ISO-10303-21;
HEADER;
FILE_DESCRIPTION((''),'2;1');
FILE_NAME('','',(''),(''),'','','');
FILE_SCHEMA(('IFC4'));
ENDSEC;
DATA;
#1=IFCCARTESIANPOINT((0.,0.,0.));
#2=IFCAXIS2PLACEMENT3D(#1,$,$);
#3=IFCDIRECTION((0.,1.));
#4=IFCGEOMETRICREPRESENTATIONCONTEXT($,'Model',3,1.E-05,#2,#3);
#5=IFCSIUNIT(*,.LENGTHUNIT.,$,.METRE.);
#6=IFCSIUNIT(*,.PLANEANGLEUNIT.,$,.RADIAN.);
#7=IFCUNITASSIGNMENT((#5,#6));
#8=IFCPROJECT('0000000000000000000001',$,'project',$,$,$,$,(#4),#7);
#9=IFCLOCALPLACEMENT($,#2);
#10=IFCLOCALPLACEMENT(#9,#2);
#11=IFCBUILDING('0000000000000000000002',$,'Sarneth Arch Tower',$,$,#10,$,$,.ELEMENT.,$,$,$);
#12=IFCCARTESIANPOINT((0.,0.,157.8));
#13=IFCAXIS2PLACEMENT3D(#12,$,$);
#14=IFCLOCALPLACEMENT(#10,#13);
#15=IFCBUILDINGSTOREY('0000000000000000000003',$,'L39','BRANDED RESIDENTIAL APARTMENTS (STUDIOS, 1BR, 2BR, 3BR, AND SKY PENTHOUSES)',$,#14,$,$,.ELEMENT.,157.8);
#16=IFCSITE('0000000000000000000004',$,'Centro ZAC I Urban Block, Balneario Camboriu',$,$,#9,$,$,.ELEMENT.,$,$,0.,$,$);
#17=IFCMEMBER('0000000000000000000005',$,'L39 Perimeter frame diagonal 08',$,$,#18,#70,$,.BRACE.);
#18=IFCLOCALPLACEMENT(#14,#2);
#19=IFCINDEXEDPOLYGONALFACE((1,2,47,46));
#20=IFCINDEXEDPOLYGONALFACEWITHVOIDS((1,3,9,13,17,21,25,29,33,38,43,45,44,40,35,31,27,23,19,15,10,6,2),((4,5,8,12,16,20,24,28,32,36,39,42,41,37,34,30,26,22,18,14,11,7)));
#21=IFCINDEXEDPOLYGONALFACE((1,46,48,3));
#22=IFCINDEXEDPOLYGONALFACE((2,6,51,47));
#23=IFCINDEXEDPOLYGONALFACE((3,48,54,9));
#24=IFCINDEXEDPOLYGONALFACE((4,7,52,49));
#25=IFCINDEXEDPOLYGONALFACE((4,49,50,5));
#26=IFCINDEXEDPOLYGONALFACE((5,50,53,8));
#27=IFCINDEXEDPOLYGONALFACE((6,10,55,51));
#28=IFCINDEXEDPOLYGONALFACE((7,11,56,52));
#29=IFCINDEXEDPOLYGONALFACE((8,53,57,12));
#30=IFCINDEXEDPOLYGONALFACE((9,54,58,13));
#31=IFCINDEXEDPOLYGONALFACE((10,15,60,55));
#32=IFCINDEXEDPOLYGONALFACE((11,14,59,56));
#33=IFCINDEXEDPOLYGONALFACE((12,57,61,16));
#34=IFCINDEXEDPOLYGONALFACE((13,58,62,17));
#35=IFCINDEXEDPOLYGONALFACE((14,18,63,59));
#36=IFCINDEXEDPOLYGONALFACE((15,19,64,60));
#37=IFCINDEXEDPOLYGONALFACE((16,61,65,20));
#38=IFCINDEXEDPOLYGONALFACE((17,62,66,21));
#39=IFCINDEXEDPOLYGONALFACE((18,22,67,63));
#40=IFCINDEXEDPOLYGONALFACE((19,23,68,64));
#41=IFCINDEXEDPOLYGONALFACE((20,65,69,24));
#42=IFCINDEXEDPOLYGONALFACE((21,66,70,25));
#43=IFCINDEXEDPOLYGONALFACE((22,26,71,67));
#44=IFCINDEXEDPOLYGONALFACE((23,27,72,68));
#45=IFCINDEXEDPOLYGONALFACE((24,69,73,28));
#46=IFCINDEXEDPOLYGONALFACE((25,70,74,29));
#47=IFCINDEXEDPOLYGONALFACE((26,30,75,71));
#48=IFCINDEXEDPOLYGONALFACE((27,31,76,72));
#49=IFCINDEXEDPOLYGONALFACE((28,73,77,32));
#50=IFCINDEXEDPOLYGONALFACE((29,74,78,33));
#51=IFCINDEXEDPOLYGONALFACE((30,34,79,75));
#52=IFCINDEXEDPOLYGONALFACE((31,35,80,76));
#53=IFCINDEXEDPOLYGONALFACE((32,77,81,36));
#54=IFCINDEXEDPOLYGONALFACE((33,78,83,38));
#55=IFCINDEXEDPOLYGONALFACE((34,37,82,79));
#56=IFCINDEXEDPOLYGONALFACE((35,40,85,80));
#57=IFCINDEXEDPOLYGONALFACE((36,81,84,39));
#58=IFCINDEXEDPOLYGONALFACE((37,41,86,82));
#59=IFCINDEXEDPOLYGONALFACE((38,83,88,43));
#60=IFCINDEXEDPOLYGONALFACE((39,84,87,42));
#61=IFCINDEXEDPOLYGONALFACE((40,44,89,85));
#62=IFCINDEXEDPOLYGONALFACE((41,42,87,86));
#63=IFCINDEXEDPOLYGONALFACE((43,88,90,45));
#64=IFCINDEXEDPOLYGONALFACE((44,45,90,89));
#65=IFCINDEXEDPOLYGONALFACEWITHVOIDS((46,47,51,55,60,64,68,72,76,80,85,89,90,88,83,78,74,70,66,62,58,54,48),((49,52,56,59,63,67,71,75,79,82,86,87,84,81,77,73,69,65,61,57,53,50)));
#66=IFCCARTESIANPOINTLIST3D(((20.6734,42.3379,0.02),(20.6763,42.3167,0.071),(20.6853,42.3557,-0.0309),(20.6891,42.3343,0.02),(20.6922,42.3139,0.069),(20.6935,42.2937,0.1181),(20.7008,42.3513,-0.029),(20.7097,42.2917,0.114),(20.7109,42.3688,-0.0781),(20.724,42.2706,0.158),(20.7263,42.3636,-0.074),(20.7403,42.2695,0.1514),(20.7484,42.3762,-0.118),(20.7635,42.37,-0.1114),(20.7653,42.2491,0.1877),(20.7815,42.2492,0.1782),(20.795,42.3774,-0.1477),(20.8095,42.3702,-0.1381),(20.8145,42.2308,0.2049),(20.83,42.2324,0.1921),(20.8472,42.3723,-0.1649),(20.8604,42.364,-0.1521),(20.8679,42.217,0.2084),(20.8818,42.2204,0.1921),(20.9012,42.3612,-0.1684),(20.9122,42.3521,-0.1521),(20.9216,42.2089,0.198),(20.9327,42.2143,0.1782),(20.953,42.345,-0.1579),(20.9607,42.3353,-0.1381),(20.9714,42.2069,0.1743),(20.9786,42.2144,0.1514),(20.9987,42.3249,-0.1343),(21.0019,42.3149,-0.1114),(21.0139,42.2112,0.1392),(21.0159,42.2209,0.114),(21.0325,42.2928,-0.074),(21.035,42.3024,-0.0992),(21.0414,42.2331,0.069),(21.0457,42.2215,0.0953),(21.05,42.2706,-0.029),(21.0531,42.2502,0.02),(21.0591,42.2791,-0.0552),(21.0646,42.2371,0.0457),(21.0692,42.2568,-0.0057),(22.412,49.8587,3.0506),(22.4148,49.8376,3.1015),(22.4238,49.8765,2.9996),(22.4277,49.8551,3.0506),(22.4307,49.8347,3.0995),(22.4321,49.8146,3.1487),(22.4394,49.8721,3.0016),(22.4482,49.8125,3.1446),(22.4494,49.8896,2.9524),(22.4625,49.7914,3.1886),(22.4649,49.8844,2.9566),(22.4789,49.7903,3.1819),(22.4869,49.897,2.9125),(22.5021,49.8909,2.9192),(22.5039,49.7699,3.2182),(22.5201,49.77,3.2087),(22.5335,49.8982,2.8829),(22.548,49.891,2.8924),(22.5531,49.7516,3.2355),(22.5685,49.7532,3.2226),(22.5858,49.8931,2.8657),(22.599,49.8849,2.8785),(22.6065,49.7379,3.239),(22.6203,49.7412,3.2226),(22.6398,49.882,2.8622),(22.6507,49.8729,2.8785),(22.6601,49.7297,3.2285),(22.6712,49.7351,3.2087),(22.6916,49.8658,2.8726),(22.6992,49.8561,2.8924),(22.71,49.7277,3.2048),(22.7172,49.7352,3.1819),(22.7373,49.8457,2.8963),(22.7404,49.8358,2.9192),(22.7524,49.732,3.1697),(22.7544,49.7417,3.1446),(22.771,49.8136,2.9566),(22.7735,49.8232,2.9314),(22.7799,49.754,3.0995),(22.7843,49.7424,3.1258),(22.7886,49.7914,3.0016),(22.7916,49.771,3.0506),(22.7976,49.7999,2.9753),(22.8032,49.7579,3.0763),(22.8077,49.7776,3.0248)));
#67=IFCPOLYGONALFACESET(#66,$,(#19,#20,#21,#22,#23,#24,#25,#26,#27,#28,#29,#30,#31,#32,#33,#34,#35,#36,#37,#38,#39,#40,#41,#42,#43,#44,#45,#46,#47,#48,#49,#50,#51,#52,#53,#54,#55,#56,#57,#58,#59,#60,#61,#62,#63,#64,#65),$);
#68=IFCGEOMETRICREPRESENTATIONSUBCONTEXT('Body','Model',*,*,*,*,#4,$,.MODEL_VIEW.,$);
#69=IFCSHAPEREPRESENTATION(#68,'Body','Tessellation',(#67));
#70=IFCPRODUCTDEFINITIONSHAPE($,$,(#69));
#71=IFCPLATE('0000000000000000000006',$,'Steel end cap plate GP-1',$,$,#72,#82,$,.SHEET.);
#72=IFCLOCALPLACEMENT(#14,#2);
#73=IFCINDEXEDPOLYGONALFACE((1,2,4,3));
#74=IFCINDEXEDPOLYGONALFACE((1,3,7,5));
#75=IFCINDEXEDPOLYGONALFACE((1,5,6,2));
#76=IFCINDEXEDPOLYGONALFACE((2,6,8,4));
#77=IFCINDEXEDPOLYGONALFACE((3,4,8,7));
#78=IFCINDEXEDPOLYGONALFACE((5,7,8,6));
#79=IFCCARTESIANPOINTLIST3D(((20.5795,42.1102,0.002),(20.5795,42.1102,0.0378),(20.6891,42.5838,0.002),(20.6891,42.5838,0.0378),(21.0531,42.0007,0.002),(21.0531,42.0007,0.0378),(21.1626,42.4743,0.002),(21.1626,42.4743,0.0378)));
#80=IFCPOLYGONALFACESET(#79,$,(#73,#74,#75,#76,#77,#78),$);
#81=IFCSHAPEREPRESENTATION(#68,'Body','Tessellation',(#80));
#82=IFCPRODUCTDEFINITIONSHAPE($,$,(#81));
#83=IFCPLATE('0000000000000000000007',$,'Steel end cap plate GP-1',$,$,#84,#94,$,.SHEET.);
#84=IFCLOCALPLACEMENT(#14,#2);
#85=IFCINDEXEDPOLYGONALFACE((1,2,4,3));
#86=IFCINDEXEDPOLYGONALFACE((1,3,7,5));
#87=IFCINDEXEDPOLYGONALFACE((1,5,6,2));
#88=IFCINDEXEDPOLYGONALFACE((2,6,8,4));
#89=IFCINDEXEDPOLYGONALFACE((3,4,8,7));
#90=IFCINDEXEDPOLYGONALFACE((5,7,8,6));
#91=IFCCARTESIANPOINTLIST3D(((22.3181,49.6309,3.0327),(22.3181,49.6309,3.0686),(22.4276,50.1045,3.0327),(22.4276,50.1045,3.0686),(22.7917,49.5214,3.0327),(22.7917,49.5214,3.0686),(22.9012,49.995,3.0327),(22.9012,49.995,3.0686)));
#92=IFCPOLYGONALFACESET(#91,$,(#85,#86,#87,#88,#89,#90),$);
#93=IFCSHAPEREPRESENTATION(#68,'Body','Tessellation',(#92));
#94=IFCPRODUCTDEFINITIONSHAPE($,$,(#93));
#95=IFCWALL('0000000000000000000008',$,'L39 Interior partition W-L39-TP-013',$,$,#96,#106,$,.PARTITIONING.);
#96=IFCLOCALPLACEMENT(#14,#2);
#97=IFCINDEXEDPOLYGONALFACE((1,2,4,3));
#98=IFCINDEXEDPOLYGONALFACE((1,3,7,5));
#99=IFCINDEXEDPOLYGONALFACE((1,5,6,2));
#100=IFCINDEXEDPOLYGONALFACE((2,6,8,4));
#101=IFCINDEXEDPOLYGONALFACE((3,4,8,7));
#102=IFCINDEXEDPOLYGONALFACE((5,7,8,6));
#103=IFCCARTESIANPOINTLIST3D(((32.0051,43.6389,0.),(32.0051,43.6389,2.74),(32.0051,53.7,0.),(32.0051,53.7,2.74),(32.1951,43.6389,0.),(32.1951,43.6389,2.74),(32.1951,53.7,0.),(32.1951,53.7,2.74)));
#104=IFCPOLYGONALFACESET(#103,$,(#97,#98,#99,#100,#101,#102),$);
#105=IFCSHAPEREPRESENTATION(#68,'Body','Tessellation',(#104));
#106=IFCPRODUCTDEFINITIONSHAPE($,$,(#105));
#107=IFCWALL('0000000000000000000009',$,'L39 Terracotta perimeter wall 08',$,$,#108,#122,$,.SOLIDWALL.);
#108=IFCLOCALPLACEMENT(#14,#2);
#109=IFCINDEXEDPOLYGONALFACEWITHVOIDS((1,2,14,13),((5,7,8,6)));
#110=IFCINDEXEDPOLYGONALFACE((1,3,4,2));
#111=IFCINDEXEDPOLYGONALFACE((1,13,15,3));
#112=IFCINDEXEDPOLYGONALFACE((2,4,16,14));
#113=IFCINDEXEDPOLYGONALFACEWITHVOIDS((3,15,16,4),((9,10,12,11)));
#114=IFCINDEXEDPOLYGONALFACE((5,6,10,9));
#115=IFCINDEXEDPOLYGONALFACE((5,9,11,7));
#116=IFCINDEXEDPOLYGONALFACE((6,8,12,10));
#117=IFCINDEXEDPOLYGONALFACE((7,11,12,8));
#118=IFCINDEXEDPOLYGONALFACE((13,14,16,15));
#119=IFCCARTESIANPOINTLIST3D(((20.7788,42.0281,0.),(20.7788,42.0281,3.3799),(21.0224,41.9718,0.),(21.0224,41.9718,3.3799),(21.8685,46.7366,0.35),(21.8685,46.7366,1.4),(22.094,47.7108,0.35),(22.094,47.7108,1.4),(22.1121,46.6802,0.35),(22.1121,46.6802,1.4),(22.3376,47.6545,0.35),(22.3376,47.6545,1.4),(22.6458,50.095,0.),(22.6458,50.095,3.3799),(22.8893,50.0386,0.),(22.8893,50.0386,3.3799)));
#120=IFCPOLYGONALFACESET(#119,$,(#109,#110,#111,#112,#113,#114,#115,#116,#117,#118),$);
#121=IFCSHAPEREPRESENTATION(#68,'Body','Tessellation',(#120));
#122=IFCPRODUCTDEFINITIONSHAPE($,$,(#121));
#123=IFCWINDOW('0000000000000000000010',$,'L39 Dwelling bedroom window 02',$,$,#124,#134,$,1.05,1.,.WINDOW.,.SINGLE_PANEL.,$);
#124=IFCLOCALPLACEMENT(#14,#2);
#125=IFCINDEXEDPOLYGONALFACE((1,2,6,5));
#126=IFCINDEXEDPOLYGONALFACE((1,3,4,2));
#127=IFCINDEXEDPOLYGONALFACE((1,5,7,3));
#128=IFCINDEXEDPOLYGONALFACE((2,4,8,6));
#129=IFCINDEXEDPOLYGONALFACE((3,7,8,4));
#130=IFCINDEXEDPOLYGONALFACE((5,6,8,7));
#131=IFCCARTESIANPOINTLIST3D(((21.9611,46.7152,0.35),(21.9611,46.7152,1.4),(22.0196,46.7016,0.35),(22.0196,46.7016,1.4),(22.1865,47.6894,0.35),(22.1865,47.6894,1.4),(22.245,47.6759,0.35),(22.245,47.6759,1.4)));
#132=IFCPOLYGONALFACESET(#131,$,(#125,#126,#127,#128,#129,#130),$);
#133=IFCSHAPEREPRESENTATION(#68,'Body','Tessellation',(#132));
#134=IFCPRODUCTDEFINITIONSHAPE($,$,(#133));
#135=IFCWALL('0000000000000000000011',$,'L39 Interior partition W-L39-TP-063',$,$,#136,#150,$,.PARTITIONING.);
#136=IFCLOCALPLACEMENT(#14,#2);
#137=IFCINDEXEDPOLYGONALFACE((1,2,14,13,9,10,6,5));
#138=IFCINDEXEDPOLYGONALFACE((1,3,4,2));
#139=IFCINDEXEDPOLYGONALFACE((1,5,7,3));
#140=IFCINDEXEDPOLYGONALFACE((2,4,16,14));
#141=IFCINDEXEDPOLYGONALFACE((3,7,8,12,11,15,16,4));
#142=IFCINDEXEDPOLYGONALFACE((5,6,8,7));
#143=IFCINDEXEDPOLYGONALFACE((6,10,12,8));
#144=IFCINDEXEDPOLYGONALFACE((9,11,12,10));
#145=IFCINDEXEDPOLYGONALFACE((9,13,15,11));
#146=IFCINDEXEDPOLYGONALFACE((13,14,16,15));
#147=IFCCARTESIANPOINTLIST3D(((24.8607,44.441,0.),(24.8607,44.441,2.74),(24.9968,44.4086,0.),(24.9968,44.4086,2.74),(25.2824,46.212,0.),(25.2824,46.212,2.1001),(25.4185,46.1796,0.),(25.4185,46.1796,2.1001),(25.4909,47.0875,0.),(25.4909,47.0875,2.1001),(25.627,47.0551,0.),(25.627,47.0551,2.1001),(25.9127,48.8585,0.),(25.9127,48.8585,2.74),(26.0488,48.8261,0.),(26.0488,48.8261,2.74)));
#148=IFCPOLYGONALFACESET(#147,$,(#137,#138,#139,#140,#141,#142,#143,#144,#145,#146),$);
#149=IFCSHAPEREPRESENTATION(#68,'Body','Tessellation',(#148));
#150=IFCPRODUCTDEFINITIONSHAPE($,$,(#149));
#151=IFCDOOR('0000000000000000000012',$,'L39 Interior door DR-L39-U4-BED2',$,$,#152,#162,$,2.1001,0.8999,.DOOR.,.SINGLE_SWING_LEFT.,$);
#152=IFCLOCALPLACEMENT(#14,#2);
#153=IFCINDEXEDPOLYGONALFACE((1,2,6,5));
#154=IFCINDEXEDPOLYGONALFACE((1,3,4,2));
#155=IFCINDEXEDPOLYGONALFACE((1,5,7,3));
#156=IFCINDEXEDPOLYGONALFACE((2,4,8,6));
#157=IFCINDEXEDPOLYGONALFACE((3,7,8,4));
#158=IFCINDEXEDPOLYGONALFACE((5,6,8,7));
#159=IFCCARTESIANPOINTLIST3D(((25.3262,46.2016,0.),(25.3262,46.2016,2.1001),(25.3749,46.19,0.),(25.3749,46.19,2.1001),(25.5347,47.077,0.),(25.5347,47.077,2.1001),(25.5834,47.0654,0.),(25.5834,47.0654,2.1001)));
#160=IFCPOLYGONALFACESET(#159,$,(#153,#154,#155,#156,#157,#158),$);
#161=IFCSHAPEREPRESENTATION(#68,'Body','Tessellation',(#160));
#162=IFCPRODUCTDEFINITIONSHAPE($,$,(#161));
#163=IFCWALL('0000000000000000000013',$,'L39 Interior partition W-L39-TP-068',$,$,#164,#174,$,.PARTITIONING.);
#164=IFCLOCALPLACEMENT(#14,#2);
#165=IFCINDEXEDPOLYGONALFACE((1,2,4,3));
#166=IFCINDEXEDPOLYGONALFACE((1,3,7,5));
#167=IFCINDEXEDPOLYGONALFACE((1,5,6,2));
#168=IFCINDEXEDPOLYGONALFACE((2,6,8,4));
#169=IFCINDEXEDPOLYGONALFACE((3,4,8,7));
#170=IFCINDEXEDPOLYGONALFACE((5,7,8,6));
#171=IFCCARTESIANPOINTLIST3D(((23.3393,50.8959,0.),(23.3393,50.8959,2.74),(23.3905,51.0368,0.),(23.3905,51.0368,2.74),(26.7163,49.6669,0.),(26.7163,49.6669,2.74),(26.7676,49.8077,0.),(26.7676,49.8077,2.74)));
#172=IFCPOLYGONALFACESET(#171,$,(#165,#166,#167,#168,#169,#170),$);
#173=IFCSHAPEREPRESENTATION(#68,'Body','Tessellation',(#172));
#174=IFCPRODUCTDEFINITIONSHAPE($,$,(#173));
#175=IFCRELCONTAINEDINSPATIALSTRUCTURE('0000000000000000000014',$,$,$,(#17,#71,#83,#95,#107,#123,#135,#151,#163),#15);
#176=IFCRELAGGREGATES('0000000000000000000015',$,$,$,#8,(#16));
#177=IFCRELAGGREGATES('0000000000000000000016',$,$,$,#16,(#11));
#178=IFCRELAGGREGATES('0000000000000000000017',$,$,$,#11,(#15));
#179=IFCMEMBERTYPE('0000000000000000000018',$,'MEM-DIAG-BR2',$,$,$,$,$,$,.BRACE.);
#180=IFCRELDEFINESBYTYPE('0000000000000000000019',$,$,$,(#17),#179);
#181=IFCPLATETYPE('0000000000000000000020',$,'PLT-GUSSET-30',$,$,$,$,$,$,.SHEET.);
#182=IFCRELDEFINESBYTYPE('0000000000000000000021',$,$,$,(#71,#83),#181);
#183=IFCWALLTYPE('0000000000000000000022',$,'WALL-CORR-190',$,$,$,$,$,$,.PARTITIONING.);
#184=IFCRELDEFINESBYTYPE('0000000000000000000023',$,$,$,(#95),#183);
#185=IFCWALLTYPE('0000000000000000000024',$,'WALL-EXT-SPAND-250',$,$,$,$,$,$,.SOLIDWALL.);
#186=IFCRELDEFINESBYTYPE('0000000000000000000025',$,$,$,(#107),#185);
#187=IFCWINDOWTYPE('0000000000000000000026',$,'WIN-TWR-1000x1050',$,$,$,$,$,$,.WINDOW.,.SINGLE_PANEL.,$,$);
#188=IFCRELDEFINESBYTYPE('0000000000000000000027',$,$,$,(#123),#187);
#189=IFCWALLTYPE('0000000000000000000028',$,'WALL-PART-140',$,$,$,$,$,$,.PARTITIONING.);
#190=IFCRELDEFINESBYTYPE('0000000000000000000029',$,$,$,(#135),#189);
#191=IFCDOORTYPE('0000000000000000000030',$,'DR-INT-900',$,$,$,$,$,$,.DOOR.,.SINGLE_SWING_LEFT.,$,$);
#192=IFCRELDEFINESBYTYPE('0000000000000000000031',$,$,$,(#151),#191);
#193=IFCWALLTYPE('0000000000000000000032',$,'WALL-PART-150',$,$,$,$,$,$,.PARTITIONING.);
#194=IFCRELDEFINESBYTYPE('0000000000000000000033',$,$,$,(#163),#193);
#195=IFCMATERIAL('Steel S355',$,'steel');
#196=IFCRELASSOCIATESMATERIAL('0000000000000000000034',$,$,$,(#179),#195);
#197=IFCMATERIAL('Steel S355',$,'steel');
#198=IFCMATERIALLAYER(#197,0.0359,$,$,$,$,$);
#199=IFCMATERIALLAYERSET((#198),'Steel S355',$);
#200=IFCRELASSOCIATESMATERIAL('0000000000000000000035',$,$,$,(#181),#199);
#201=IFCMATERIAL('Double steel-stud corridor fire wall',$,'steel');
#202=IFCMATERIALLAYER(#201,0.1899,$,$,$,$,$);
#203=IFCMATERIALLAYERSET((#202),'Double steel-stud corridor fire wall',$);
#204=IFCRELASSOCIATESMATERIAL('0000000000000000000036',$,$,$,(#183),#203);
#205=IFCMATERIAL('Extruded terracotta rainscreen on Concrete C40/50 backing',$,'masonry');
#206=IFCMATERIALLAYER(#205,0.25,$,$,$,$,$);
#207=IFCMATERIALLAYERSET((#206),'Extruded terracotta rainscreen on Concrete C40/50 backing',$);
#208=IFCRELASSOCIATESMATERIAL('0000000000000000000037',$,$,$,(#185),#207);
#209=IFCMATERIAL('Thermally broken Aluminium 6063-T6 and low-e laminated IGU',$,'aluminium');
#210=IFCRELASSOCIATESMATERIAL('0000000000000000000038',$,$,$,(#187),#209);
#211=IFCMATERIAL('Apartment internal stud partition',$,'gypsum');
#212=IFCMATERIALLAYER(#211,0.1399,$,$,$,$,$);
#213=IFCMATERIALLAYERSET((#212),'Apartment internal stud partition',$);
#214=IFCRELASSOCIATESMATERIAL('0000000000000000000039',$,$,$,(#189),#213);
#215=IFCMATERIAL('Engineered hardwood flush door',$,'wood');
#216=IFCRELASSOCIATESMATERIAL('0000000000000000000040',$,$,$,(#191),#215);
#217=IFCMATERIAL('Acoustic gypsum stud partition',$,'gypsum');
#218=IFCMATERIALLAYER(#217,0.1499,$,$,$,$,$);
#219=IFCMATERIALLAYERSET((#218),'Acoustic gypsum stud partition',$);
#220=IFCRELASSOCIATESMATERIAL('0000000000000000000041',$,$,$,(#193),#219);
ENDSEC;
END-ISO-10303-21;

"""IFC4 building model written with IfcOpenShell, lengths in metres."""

from ifc_helpers import new_model, si_unit, direction, frame, frame_2d, origin, origin_2d, place, context, subcontext, project, spatial, rectangle, hollow_circle, extrude, material, layer, layer_set, material_profile, profile_set, type_object, element, fill, save


model = new_model("IFC4")

# Units and contexts
model_context = context("Model", 3, precision=1e-05, world=origin(), true_north=direction((0.0, 1.0)))
body_context = subcontext(model_context, "Body", "Model", "MODEL_VIEW")
ifc_project = project(units=[si_unit("LENGTHUNIT", "METRE"), si_unit("PLANEANGLEUNIT", "RADIAN")], contexts=[model_context])

# Site, building, storey
site_placement = place(None, origin())
site = spatial("IfcSite", under=ifc_project, at=site_placement, Name="Centro ZAC I Urban Block, Balneario Camboriu", CompositionType="ELEMENT", RefElevation=0.0)
building_placement = place(site_placement, origin())
building = spatial("IfcBuilding", under=site, at=building_placement, Name="Sarneth Arch Tower", CompositionType="ELEMENT")
storey_placement = place(building_placement, frame((0.0, 0.0, 157.8)))
storey = spatial("IfcBuildingStorey", under=building, at=storey_placement, Name="L39", Description="BRANDED RESIDENTIAL APARTMENTS (STUDIOS, 1BR, 2BR, 3BR, AND SKY PENTHOUSES)", CompositionType="ELEMENT", Elevation=157.8)

# Member
ifc_material_1 = material(Name="Steel S355", Category="steel")
ifc_material_profile_1 = material_profile(ifc_material_1, hollow_circle(Radius=0.2029, WallThickness=0.0161, at=origin_2d()), Name="CHS406x16")
ifc_profile_set_1 = profile_set([ifc_material_profile_1], Name="Steel S355")
member_type_1 = type_object("IfcMemberType", Name="MEM-DIAG-BR2", PredefinedType="BRACE", material=ifc_profile_set_1)
member_1_placement = place(storey_placement, frame((20.8711, 42.2922, 0.02), z_axis=(0.209646, 0.906917, 0.365446), x_axis=(-0.974307, 0.225224, 0.0)))
element("IfcMember", 1, at=member_1_placement, inside=storey, type_object=member_type_1, Name="L39 Perimeter frame diagonal 08", PredefinedType="BRACE", context=body_context, shape_type="SweptSolid", body=[
    extrude(hollow_circle(Radius=0.2029, WallThickness=0.0161, at=origin_2d()), origin(), (0.0, 0.0, 1.0), 8.2927),
])

# Plates
ifc_material_2 = material(Name="Steel S355", Category="steel")
ifc_layer_1 = layer(ifc_material_2, 0.0359)
ifc_layer_set_1 = layer_set([ifc_layer_1], Name="Steel S355")
plate_type = type_object("IfcPlateType", Name="PLT-GUSSET-30", PredefinedType="SHEET", material=ifc_layer_set_1)
for number, where, z_axis, x_axis, name in (
    (2, (20.8711, 42.2922, 0.002), (0.0, 0.0, 1.0), (-0.225291, -0.974291, 0.0), "Steel end cap plate GP-1"),
    (3, (22.6096, 49.813, 3.0327), (0.0, 0.0, 1.0), (-0.225291, -0.974291, 0.0), "Steel end cap plate GP-1"),
):
    element("IfcPlate", number, at=place(storey_placement, frame(where, z_axis=z_axis, x_axis=x_axis)), inside=storey, type_object=plate_type, Name=name, PredefinedType="SHEET", context=body_context, shape_type="SweptSolid", body=[
        extrude(rectangle(XDim=0.4861, YDim=0.4861, at=origin_2d()), origin(), (0.0, 0.0, 1.0), 0.0359),
    ])

# Wall
ifc_material_3 = material(Name="Double steel-stud corridor fire wall", Category="steel")
ifc_layer_2 = layer(ifc_material_3, 0.1899)
ifc_layer_set_2 = layer_set([ifc_layer_2], Name="Double steel-stud corridor fire wall")
wall_type_1 = type_object("IfcWallType", Name="WALL-CORR-190", PredefinedType="PARTITIONING", material=ifc_layer_set_2)
wall_1_placement = place(storey_placement, frame((32.1001, 43.6389, 0.0), z_axis=(0.0, 0.0, 1.0), x_axis=(0.0, 1.0, 0.0)))
element("IfcWall", 4, at=wall_1_placement, inside=storey, type_object=wall_type_1, Name="L39 Interior partition W-L39-TP-013", PredefinedType="PARTITIONING", context=body_context, shape_type="SweptSolid", body=[
    extrude(rectangle(XDim=10.061, YDim=0.1899, at=frame_2d((5.0305, 0.0))), origin(), (0.0, 0.0, 1.0), 2.74),
])

# Wall, opening, window
ifc_material_4 = material(Name="Extruded terracotta rainscreen on Concrete C40/50 backing", Category="masonry")
ifc_layer_3 = layer(ifc_material_4, 0.25)
ifc_layer_set_3 = layer_set([ifc_layer_3], Name="Extruded terracotta rainscreen on Concrete C40/50 backing")
wall_type_2 = type_object("IfcWallType", Name="WALL-EXT-SPAND-250", PredefinedType="SOLIDWALL", material=ifc_layer_set_3)
wall_2_placement = place(storey_placement, frame((22.7676, 50.0669, 0.0), z_axis=(0.0, 0.0, 1.0), x_axis=(-0.225473, -0.974249, 0.0)))
wall_2 = element("IfcWall", 5, at=wall_2_placement, inside=storey, type_object=wall_type_2, Name="L39 Terracotta perimeter wall 08", PredefinedType="SOLIDWALL", context=body_context, shape_type="SweptSolid", body=[
    extrude(rectangle(XDim=8.28, YDim=0.25, at=frame_2d((4.1401, 0.0))), origin(), (0.0, 0.0, 1.0), 3.3799),
])
opening_1_placement = place(wall_2_placement, frame((2.4473, 0.0, 0.3501)))
opening_1 = element("IfcOpeningElement", 6, at=opening_1_placement, cuts=wall_2, PredefinedType="OPENING", context=body_context, shape_type="SweptSolid", body=[
    extrude(rectangle(XDim=1.0, YDim=1.05, at=frame_2d((0.5, 0.5249))), frame((0.0, 0.135, 0.0), z_axis=(0.0, -1.0, 0.0), x_axis=(1.0, 0.0, 0.0)), (0.0, 0.0, 1.0), 0.27),
])
ifc_material_5 = material(Name="Thermally broken Aluminium 6063-T6 and low-e laminated IGU", Category="aluminium")
window_type = type_object("IfcWindowType", Name="WIN-TWR-1000x1050", PartitioningType="SINGLE_PANEL", PredefinedType="WINDOW", material=ifc_material_5)
window_placement = place(opening_1_placement, origin())
window = element("IfcWindow", 7, at=window_placement, inside=storey, type_object=window_type, Name="L39 Dwelling bedroom window 02", OverallHeight=1.05, OverallWidth=1.0, PartitioningType="SINGLE_PANEL", PredefinedType="WINDOW", context=body_context, shape_type="SweptSolid", body=[
    extrude(rectangle(XDim=1.0, YDim=1.05, at=frame_2d((0.5, 0.5249))), frame((0.0, 0.03, 0.0), z_axis=(0.0, -1.0, 0.0), x_axis=(1.0, 0.0, 0.0)), (0.0, 0.0, 1.0), 0.0601),
])
fill(opening_1, window)

# Wall, opening, door
ifc_material_6 = material(Name="Apartment internal stud partition", Category="gypsum")
ifc_layer_4 = layer(ifc_material_6, 0.1399)
ifc_layer_set_4 = layer_set([ifc_layer_4], Name="Apartment internal stud partition")
wall_type_3 = type_object("IfcWallType", Name="WALL-PART-140", PredefinedType="PARTITIONING", material=ifc_layer_set_4)
wall_3_placement = place(storey_placement, frame((24.9287, 44.4248, 0.0), z_axis=(0.0, 0.0, 1.0), x_axis=(0.231667, 0.972795, 0.0)))
wall_3 = element("IfcWall", 8, at=wall_3_placement, inside=storey, type_object=wall_type_3, Name="L39 Interior partition W-L39-TP-063", PredefinedType="PARTITIONING", context=body_context, shape_type="SweptSolid", body=[
    extrude(rectangle(XDim=4.541, YDim=0.1399, at=frame_2d((2.2705, 0.0))), origin(), (0.0, 0.0, 1.0), 2.74),
])
opening_2_placement = place(wall_3_placement, frame((1.8206, 0.0, 0.0)))
opening_2 = element("IfcOpeningElement", 9, at=opening_2_placement, cuts=wall_3, PredefinedType="OPENING", context=body_context, shape_type="SweptSolid", body=[
    extrude(rectangle(XDim=0.8999, YDim=2.1001, at=frame_2d((0.45, 1.05))), frame((0.0, 0.0798, 0.0), z_axis=(0.0, -1.0, 0.0), x_axis=(1.0, 0.0, 0.0)), (0.0, 0.0, 1.0), 0.1599),
])
ifc_material_7 = material(Name="Engineered hardwood flush door", Category="wood")
door_type_1 = type_object("IfcDoorType", Name="DR-INT-900", OperationType="SINGLE_SWING_LEFT", PredefinedType="DOOR", material=ifc_material_7)
door_1_placement = place(opening_2_placement, origin())
door_1 = element("IfcDoor", 10, at=door_1_placement, inside=storey, type_object=door_type_1, Name="L39 Interior door DR-L39-U4-BED2", OperationType="SINGLE_SWING_LEFT", OverallHeight=2.1001, OverallWidth=0.8999, PredefinedType="DOOR", context=body_context, shape_type="SweptSolid", body=[
    extrude(rectangle(XDim=0.8999, YDim=2.1001, at=frame_2d((0.45, 1.05))), frame((0.0, 0.0249, 0.0), z_axis=(0.0, -1.0, 0.0), x_axis=(1.0, 0.0, 0.0)), (0.0, 0.0, 1.0), 0.05),
])
fill(opening_2, door_1)

# Wall
ifc_material_8 = material(Name="Acoustic gypsum stud partition", Category="gypsum")
ifc_layer_5 = layer(ifc_material_8, 0.1499)
ifc_layer_set_5 = layer_set([ifc_layer_5], Name="Acoustic gypsum stud partition")
wall_type_4 = type_object("IfcWallType", Name="WALL-PART-150", PredefinedType="PARTITIONING", material=ifc_layer_set_5)
wall_4_placement = place(storey_placement, frame((26.7419, 49.7373, 0.0), z_axis=(0.0, 0.0, 1.0), x_axis=(-0.939702, 0.341994, 0.0)))
element("IfcWall", 11, at=wall_4_placement, inside=storey, type_object=wall_type_4, Name="L39 Interior partition W-L39-TP-068", PredefinedType="PARTITIONING", context=body_context, shape_type="SweptSolid", body=[
    extrude(rectangle(XDim=3.5938, YDim=0.1499, at=frame_2d((1.7969, 0.0))), origin(), (0.0, 0.0, 1.0), 2.74),
])

save(model, "model.ifc")
